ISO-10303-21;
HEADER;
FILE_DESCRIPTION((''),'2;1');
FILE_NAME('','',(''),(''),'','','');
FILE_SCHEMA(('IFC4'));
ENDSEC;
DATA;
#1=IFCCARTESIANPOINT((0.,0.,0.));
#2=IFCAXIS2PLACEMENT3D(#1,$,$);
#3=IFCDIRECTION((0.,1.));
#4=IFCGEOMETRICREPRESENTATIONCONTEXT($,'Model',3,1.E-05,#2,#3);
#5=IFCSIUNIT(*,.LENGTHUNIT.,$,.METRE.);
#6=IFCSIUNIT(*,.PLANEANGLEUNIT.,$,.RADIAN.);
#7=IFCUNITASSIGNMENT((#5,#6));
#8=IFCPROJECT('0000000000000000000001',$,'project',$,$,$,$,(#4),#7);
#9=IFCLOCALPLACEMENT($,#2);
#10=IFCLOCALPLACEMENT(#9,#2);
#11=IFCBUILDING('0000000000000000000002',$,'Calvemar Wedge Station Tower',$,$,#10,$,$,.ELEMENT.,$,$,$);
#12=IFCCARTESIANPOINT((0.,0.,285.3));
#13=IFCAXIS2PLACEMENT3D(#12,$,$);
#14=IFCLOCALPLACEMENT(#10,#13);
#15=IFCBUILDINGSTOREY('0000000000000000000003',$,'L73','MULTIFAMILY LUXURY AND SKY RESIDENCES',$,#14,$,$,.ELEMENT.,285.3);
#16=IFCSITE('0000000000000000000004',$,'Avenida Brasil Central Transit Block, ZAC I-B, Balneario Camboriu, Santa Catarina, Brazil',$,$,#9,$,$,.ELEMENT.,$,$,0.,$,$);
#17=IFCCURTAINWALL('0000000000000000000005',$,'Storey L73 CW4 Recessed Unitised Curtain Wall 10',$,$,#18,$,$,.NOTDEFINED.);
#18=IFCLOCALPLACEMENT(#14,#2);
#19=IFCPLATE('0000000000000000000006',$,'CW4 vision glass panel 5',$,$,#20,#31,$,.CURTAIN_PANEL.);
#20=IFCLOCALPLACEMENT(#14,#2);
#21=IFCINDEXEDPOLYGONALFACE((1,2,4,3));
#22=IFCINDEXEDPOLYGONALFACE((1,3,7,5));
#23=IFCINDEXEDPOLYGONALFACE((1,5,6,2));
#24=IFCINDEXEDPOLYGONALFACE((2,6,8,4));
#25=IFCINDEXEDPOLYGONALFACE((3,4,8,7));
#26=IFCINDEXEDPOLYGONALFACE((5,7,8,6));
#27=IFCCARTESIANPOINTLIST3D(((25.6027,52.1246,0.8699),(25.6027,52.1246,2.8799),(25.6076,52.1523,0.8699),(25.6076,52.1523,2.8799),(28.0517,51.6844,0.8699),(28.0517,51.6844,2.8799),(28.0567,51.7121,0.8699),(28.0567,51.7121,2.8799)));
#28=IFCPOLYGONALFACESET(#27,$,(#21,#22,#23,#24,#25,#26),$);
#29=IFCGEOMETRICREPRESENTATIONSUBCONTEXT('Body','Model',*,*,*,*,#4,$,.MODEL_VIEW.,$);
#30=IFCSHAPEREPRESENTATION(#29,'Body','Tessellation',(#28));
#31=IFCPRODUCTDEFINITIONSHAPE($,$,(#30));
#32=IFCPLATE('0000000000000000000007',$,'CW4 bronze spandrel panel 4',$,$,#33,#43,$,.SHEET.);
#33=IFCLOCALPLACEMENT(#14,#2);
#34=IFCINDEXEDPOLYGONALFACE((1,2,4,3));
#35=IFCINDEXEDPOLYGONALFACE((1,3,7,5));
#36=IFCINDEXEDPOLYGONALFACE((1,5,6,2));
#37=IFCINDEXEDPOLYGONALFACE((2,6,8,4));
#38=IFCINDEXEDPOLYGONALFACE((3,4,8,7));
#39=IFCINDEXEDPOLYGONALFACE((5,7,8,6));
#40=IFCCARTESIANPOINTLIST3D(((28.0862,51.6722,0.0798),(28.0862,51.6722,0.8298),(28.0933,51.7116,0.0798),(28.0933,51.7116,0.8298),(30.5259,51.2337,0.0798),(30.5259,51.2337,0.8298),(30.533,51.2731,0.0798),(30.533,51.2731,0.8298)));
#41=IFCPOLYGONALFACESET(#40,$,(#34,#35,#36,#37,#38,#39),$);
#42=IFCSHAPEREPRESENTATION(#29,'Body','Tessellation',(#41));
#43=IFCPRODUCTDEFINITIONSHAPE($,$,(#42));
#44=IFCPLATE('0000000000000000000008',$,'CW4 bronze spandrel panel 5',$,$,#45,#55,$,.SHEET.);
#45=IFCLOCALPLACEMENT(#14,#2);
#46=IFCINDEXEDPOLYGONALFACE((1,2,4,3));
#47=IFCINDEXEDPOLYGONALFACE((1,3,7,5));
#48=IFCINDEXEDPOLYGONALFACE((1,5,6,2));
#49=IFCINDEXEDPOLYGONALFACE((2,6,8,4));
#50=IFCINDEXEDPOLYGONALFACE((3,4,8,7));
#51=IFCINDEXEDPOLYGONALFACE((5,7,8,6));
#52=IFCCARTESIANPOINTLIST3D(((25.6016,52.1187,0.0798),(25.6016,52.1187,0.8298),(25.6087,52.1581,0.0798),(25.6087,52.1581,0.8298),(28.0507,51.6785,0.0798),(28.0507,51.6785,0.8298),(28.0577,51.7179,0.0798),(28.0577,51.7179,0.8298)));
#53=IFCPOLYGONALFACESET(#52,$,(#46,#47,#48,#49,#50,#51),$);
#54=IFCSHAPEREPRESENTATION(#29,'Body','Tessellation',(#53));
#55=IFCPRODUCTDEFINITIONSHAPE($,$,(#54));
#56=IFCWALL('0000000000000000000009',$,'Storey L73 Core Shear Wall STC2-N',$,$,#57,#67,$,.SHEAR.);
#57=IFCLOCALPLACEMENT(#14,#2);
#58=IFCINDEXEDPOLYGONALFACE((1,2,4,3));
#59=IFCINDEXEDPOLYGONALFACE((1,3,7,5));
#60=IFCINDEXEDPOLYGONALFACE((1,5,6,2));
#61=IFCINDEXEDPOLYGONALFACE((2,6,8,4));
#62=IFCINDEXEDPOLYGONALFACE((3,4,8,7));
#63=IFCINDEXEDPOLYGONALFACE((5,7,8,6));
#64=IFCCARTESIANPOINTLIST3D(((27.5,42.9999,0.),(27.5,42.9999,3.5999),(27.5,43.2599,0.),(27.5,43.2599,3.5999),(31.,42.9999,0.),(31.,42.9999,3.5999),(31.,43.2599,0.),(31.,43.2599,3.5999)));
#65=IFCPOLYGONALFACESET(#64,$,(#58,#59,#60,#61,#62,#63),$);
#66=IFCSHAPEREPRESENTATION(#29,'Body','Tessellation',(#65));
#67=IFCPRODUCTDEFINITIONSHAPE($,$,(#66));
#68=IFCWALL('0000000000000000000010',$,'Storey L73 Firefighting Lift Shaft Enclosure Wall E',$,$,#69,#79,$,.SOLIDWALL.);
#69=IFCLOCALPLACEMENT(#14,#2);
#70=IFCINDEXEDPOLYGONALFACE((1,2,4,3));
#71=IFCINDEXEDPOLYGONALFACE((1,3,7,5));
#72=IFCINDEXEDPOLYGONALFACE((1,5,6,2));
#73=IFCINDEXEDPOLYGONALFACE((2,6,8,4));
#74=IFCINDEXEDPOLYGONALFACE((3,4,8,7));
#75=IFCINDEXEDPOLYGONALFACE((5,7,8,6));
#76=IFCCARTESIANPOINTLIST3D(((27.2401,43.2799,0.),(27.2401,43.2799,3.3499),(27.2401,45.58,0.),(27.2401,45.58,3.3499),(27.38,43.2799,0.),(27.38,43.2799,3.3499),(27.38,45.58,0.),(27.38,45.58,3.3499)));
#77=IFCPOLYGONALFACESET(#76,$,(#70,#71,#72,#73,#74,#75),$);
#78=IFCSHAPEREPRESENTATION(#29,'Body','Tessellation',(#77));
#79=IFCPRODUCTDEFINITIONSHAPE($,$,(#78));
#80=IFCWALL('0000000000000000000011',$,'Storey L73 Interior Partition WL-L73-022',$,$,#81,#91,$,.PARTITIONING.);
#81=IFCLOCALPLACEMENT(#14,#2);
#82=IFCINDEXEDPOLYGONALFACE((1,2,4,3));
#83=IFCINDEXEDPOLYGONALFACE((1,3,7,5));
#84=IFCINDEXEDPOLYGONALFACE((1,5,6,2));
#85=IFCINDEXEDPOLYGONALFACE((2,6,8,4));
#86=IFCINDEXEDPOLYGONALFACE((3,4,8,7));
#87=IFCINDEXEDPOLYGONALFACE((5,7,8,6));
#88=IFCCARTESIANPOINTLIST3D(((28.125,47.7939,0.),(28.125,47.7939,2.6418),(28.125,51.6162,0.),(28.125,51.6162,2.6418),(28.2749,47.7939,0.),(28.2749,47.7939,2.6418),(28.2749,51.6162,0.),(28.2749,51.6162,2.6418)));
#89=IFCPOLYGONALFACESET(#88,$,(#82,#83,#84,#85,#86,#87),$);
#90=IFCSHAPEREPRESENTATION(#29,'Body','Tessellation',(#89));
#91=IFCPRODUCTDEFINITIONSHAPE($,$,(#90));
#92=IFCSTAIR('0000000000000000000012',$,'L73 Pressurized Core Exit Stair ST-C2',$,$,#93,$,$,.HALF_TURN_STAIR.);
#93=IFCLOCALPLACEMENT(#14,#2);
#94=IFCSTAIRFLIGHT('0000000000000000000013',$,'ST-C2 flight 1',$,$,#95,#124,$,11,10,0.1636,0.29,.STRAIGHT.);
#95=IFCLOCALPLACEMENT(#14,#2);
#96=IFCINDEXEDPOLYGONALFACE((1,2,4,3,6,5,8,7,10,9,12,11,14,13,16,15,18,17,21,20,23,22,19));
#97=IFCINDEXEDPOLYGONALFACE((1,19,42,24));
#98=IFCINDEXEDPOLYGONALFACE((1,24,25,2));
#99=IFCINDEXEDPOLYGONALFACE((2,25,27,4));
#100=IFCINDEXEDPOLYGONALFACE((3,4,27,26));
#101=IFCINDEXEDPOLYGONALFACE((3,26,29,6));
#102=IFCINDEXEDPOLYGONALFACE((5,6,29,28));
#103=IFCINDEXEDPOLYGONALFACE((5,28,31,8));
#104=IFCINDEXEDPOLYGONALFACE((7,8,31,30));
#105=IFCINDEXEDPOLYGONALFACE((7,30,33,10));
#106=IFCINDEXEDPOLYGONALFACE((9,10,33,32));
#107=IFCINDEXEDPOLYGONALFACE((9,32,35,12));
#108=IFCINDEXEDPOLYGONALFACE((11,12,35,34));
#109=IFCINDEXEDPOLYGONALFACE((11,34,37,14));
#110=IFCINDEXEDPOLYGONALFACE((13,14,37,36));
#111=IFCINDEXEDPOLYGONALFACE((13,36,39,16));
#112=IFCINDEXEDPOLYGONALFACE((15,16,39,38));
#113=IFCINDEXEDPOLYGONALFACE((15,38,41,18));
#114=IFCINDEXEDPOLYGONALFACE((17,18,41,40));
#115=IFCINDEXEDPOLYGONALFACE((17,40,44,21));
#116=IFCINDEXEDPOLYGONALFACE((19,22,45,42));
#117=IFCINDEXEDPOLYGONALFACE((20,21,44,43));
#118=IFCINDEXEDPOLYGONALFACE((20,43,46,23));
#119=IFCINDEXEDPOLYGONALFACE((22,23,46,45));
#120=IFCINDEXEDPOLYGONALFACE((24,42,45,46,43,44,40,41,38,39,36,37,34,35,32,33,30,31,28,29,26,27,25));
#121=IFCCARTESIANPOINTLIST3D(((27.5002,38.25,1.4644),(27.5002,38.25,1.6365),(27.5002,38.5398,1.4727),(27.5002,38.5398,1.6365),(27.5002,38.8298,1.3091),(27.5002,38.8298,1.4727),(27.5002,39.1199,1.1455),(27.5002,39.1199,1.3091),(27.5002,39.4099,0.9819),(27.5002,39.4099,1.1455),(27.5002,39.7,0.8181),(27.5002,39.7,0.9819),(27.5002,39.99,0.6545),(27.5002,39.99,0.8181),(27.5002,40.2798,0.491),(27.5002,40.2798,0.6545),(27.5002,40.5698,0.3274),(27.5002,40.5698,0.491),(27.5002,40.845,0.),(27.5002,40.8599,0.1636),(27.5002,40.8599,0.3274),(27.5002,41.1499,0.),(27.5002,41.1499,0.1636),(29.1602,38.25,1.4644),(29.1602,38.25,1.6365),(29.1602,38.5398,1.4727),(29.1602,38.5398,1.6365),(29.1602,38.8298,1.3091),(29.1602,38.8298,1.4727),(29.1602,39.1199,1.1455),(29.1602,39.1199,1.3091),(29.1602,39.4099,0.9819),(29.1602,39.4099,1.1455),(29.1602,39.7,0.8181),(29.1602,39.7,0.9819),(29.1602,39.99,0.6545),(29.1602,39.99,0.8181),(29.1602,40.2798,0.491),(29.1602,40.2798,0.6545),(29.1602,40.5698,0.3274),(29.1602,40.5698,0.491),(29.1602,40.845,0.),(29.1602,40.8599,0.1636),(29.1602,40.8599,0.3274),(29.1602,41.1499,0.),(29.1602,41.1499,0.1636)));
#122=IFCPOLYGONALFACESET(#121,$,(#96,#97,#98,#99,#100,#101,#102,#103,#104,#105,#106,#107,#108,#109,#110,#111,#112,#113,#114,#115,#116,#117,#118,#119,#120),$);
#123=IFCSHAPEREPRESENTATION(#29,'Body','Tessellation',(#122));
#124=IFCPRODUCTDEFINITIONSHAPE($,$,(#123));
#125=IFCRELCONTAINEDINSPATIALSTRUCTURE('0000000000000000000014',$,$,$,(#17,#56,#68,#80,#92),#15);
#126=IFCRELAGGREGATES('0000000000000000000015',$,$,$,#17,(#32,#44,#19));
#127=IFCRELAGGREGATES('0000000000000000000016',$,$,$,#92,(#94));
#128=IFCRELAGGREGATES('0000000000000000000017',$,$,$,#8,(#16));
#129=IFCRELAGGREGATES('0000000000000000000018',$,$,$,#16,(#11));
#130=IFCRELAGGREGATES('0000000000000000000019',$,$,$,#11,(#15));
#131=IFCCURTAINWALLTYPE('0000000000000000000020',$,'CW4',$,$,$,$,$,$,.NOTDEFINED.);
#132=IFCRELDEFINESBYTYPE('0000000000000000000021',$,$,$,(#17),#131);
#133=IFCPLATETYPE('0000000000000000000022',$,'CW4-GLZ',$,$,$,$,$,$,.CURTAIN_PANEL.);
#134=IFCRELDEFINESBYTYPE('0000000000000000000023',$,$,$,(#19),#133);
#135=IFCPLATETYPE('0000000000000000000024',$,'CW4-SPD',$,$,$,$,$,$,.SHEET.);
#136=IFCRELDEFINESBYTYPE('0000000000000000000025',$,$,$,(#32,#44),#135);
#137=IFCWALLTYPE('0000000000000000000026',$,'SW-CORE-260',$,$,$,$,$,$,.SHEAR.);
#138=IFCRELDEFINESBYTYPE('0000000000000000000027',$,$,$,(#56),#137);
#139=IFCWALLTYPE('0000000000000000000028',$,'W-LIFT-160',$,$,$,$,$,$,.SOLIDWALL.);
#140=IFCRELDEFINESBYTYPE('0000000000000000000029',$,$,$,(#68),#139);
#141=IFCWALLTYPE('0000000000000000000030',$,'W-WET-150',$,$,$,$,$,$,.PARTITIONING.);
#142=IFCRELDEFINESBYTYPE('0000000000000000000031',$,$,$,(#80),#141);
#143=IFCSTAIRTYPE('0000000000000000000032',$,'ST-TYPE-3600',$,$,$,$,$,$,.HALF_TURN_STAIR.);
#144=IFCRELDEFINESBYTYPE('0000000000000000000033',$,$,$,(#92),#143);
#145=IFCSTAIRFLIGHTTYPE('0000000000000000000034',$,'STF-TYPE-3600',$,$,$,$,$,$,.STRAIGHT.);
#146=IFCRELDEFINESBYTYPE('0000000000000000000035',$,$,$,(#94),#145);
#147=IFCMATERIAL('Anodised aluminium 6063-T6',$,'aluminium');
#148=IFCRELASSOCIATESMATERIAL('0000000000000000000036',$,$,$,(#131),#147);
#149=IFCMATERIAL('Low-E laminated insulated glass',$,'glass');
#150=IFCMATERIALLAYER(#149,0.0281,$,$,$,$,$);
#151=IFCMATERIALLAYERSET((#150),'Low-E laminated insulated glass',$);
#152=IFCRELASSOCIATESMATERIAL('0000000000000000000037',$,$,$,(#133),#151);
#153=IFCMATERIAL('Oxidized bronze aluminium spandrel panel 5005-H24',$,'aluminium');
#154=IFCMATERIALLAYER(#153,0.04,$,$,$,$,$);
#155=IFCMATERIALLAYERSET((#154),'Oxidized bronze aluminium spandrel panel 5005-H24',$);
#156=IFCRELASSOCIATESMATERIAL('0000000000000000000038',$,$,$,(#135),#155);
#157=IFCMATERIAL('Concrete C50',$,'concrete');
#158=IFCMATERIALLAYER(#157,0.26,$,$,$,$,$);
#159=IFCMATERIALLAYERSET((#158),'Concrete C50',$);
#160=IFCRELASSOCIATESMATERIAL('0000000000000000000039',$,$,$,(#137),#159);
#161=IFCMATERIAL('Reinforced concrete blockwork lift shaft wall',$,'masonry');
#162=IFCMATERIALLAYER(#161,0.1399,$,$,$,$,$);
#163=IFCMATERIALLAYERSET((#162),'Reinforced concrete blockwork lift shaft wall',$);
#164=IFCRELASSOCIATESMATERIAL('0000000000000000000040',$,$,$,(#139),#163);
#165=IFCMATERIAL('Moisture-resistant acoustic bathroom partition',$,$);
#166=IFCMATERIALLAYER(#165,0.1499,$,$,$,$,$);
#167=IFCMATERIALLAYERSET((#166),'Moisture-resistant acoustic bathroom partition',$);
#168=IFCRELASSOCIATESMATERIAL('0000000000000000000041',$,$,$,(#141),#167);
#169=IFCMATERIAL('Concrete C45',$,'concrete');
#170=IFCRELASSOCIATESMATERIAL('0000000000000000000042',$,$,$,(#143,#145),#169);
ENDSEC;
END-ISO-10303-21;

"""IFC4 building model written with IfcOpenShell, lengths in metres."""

from ifc_helpers import new_model, si_unit, direction, frame, frame_2d, origin, place, context, subcontext, project, spatial, polyline, rectangle, outline, extrude, material, layer, layer_set, type_object, element, aggregate, save


model = new_model("IFC4")

# Units and contexts
model_context = context("Model", 3, precision=1e-05, world=origin(), true_north=direction((0.0, 1.0)))
body_context = subcontext(model_context, "Body", "Model", "MODEL_VIEW")
ifc_project = project(units=[si_unit("LENGTHUNIT", "METRE"), si_unit("PLANEANGLEUNIT", "RADIAN")], contexts=[model_context])

# Site, building, storey
site_placement = place(None, origin())
site = spatial("IfcSite", under=ifc_project, at=site_placement, Name="Avenida Brasil Central Transit Block, ZAC I-B, Balneario Camboriu, Santa Catarina, Brazil", CompositionType="ELEMENT", RefElevation=0.0)
building_placement = place(site_placement, origin())
building = spatial("IfcBuilding", under=site, at=building_placement, Name="Calvemar Wedge Station Tower", CompositionType="ELEMENT")
storey_placement = place(building_placement, frame((0.0, 0.0, 285.3)))
storey = spatial("IfcBuildingStorey", under=building, at=storey_placement, Name="L73", Description="MULTIFAMILY LUXURY AND SKY RESIDENCES", CompositionType="ELEMENT", Elevation=285.3)

# Shared definitions
ifc_material_1 = material(Name="Concrete C50", Category="concrete")

# Curtain wall, plates
ifc_material_2 = material(Name="Anodised aluminium 6063-T6", Category="aluminium")
curtain_wall_type = type_object("IfcCurtainWallType", Name="CW4", PredefinedType="NOTDEFINED", material=ifc_material_2)
curtain_wall_placement = place(storey_placement, origin())
curtain_wall = element("IfcCurtainWall", 1, at=curtain_wall_placement, inside=storey, type_object=curtain_wall_type, Name="Storey L73 CW4 Recessed Unitised Curtain Wall 10", PredefinedType="NOTDEFINED")
ifc_material_3 = material(Name="Low-E laminated insulated glass", Category="glass")
ifc_layer_1 = layer(ifc_material_3, 0.0281)
ifc_layer_set_1 = layer_set([ifc_layer_1], Name="Low-E laminated insulated glass")
plate_type_1 = type_object("IfcPlateType", Name="CW4-GLZ", PredefinedType="CURTAIN_PANEL", material=ifc_layer_set_1)
plate_1_placement = place(storey_placement, frame((28.0542, 51.6982, 0.8699), z_axis=(0.0, 0.0, 1.0), x_axis=(-0.984227, 0.176908, 0.0)))
plate_1 = element("IfcPlate", 2, at=plate_1_placement, type_object=plate_type_1, Name="CW4 vision glass panel 5", PredefinedType="CURTAIN_PANEL", context=body_context, shape_type="SweptSolid", body=[
    extrude(rectangle(XDim=2.4883, YDim=0.0281, at=frame_2d((1.2441, 0.0))), origin(), (0.0, 0.0, 1.0), 2.01),
])
ifc_material_4 = material(Name="Oxidized bronze aluminium spandrel panel 5005-H24", Category="aluminium")
ifc_layer_2 = layer(ifc_material_4, 0.04)
ifc_layer_set_2 = layer_set([ifc_layer_2], Name="Oxidized bronze aluminium spandrel panel 5005-H24")
plate_type_2 = type_object("IfcPlateType", Name="CW4-SPD", PredefinedType="SHEET", material=ifc_layer_set_2)
plate_2_placement = place(storey_placement, frame((30.5293, 51.2534, 0.0798), z_axis=(0.0, 0.0, 1.0), x_axis=(-0.98423, 0.176892, 0.0)))
plate_2 = element("IfcPlate", 3, at=plate_2_placement, type_object=plate_type_2, Name="CW4 bronze spandrel panel 4", PredefinedType="SHEET", context=body_context, shape_type="SweptSolid", body=[
    extrude(rectangle(XDim=2.4788, YDim=0.04, at=frame_2d((1.2393, 0.0))), origin(), (0.0, 0.0, 1.0), 0.75),
])
plate_3_placement = place(storey_placement, frame((28.0542, 51.6982, 0.0798), z_axis=(0.0, 0.0, 1.0), x_axis=(-0.984227, 0.176908, 0.0)))
plate_3 = element("IfcPlate", 4, at=plate_3_placement, type_object=plate_type_2, Name="CW4 bronze spandrel panel 5", PredefinedType="SHEET", context=body_context, shape_type="SweptSolid", body=[
    extrude(rectangle(XDim=2.4883, YDim=0.04, at=frame_2d((1.2441, 0.0))), origin(), (0.0, 0.0, 1.0), 0.75),
])
aggregate(curtain_wall, [plate_2, plate_3, plate_1])

# Wall
ifc_layer_3 = layer(ifc_material_1, 0.26)
ifc_layer_set_3 = layer_set([ifc_layer_3], Name="Concrete C50")
wall_type_1 = type_object("IfcWallType", Name="SW-CORE-260", PredefinedType="SHEAR", material=ifc_layer_set_3)
wall_1_placement = place(storey_placement, frame((27.5, 43.1299, 0.0), z_axis=(0.0, 0.0, 1.0), x_axis=(1.0, 0.0, 0.0)))
element("IfcWall", 5, at=wall_1_placement, inside=storey, type_object=wall_type_1, Name="Storey L73 Core Shear Wall STC2-N", PredefinedType="SHEAR", context=body_context, shape_type="SweptSolid", body=[
    extrude(rectangle(XDim=3.5, YDim=0.26, at=frame_2d((1.75, 0.0))), origin(), (0.0, 0.0, 1.0), 3.5999),
])

# Walls
ifc_material_5 = material(Name="Reinforced concrete blockwork lift shaft wall", Category="masonry")
ifc_layer_4 = layer(ifc_material_5, 0.1399)
ifc_layer_set_4 = layer_set([ifc_layer_4], Name="Reinforced concrete blockwork lift shaft wall")
wall_type_2 = type_object("IfcWallType", Name="W-LIFT-160", PredefinedType="SOLIDWALL", material=ifc_layer_set_4)
wall_2_placement = place(storey_placement, frame((27.3101, 43.28, 0.0), z_axis=(0.0, 0.0, 1.0), x_axis=(0.0, 1.0, 0.0)))
element("IfcWall", 6, at=wall_2_placement, inside=storey, type_object=wall_type_2, Name="Storey L73 Firefighting Lift Shaft Enclosure Wall E", PredefinedType="SOLIDWALL", context=body_context, shape_type="SweptSolid", body=[
    extrude(rectangle(XDim=2.3, YDim=0.1399, at=frame_2d((1.1499, 0.0))), origin(), (0.0, 0.0, 1.0), 3.3499),
])
ifc_material_6 = material(Name="Moisture-resistant acoustic bathroom partition")
ifc_layer_5 = layer(ifc_material_6, 0.1499)
ifc_layer_set_5 = layer_set([ifc_layer_5], Name="Moisture-resistant acoustic bathroom partition")
wall_type_3 = type_object("IfcWallType", Name="W-WET-150", PredefinedType="PARTITIONING", material=ifc_layer_set_5)
wall_3_placement = place(storey_placement, frame((28.2, 51.6162, 0.0), z_axis=(0.0, 0.0, 1.0), x_axis=(0.0, -1.0, 0.0)))
element("IfcWall", 7, at=wall_3_placement, inside=storey, type_object=wall_type_3, Name="Storey L73 Interior Partition WL-L73-022", PredefinedType="PARTITIONING", context=body_context, shape_type="SweptSolid", body=[
    extrude(rectangle(XDim=3.8223, YDim=0.1499, at=frame_2d((1.9111, 0.0))), origin(), (0.0, 0.0, 1.0), 2.6418),
])

# Stair, stair flight
ifc_material_7 = material(Name="Concrete C45", Category="concrete")
stair_type = type_object("IfcStairType", Name="ST-TYPE-3600", PredefinedType="HALF_TURN_STAIR", material=ifc_material_7)
stair_placement = place(storey_placement, origin())
stair = element("IfcStair", 8, at=stair_placement, inside=storey, type_object=stair_type, Name="L73 Pressurized Core Exit Stair ST-C2", PredefinedType="HALF_TURN_STAIR")
stair_flight_type = type_object("IfcStairFlightType", Name="STF-TYPE-3600", PredefinedType="STRAIGHT", material=ifc_material_7)
stair_flight_placement = place(storey_placement, frame((28.3301, 41.1499, 0.0), z_axis=(0.0, 0.0, 1.0), x_axis=(0.0, -1.0, 0.0)))
stair_flight = element("IfcStairFlight", 9, at=stair_flight_placement, type_object=stair_flight_type, Name="ST-C2 flight 1", NumberOfRisers=11, NumberOfTreads=10, PredefinedType="STRAIGHT", RiserHeight=0.1636, TreadLength=0.29, context=body_context, shape_type="SweptSolid", body=[
    extrude(outline(polyline([(0.0, 0.0), (0.0, 0.1636), (0.29, 0.1636), (0.29, 0.3274), (0.5801, 0.3274), (0.5801, 0.491), (0.8701, 0.491), (0.8701, 0.6545), (1.1599, 0.6545), (1.1599, 0.8181), (1.45, 0.8181), (1.45, 0.9819), (1.74, 0.9819), (1.74, 1.1455), (2.03, 1.1455), (2.03, 1.3091), (2.3201, 1.3091), (2.3201, 1.4727), (2.6101, 1.4727), (2.6101, 1.6365), (2.8999, 1.6365), (2.8999, 1.8), (2.8999, 1.4644), (0.3049, 0.0), (0.0, 0.0)])), frame((0.0, 0.8301, 0.0), z_axis=(0.0, -1.0, 0.0), x_axis=(1.0, 0.0, 0.0)), (0.0, 0.0, 1.0), 1.6599),
])
aggregate(stair, [stair_flight])

save(model, "model.ifc")
